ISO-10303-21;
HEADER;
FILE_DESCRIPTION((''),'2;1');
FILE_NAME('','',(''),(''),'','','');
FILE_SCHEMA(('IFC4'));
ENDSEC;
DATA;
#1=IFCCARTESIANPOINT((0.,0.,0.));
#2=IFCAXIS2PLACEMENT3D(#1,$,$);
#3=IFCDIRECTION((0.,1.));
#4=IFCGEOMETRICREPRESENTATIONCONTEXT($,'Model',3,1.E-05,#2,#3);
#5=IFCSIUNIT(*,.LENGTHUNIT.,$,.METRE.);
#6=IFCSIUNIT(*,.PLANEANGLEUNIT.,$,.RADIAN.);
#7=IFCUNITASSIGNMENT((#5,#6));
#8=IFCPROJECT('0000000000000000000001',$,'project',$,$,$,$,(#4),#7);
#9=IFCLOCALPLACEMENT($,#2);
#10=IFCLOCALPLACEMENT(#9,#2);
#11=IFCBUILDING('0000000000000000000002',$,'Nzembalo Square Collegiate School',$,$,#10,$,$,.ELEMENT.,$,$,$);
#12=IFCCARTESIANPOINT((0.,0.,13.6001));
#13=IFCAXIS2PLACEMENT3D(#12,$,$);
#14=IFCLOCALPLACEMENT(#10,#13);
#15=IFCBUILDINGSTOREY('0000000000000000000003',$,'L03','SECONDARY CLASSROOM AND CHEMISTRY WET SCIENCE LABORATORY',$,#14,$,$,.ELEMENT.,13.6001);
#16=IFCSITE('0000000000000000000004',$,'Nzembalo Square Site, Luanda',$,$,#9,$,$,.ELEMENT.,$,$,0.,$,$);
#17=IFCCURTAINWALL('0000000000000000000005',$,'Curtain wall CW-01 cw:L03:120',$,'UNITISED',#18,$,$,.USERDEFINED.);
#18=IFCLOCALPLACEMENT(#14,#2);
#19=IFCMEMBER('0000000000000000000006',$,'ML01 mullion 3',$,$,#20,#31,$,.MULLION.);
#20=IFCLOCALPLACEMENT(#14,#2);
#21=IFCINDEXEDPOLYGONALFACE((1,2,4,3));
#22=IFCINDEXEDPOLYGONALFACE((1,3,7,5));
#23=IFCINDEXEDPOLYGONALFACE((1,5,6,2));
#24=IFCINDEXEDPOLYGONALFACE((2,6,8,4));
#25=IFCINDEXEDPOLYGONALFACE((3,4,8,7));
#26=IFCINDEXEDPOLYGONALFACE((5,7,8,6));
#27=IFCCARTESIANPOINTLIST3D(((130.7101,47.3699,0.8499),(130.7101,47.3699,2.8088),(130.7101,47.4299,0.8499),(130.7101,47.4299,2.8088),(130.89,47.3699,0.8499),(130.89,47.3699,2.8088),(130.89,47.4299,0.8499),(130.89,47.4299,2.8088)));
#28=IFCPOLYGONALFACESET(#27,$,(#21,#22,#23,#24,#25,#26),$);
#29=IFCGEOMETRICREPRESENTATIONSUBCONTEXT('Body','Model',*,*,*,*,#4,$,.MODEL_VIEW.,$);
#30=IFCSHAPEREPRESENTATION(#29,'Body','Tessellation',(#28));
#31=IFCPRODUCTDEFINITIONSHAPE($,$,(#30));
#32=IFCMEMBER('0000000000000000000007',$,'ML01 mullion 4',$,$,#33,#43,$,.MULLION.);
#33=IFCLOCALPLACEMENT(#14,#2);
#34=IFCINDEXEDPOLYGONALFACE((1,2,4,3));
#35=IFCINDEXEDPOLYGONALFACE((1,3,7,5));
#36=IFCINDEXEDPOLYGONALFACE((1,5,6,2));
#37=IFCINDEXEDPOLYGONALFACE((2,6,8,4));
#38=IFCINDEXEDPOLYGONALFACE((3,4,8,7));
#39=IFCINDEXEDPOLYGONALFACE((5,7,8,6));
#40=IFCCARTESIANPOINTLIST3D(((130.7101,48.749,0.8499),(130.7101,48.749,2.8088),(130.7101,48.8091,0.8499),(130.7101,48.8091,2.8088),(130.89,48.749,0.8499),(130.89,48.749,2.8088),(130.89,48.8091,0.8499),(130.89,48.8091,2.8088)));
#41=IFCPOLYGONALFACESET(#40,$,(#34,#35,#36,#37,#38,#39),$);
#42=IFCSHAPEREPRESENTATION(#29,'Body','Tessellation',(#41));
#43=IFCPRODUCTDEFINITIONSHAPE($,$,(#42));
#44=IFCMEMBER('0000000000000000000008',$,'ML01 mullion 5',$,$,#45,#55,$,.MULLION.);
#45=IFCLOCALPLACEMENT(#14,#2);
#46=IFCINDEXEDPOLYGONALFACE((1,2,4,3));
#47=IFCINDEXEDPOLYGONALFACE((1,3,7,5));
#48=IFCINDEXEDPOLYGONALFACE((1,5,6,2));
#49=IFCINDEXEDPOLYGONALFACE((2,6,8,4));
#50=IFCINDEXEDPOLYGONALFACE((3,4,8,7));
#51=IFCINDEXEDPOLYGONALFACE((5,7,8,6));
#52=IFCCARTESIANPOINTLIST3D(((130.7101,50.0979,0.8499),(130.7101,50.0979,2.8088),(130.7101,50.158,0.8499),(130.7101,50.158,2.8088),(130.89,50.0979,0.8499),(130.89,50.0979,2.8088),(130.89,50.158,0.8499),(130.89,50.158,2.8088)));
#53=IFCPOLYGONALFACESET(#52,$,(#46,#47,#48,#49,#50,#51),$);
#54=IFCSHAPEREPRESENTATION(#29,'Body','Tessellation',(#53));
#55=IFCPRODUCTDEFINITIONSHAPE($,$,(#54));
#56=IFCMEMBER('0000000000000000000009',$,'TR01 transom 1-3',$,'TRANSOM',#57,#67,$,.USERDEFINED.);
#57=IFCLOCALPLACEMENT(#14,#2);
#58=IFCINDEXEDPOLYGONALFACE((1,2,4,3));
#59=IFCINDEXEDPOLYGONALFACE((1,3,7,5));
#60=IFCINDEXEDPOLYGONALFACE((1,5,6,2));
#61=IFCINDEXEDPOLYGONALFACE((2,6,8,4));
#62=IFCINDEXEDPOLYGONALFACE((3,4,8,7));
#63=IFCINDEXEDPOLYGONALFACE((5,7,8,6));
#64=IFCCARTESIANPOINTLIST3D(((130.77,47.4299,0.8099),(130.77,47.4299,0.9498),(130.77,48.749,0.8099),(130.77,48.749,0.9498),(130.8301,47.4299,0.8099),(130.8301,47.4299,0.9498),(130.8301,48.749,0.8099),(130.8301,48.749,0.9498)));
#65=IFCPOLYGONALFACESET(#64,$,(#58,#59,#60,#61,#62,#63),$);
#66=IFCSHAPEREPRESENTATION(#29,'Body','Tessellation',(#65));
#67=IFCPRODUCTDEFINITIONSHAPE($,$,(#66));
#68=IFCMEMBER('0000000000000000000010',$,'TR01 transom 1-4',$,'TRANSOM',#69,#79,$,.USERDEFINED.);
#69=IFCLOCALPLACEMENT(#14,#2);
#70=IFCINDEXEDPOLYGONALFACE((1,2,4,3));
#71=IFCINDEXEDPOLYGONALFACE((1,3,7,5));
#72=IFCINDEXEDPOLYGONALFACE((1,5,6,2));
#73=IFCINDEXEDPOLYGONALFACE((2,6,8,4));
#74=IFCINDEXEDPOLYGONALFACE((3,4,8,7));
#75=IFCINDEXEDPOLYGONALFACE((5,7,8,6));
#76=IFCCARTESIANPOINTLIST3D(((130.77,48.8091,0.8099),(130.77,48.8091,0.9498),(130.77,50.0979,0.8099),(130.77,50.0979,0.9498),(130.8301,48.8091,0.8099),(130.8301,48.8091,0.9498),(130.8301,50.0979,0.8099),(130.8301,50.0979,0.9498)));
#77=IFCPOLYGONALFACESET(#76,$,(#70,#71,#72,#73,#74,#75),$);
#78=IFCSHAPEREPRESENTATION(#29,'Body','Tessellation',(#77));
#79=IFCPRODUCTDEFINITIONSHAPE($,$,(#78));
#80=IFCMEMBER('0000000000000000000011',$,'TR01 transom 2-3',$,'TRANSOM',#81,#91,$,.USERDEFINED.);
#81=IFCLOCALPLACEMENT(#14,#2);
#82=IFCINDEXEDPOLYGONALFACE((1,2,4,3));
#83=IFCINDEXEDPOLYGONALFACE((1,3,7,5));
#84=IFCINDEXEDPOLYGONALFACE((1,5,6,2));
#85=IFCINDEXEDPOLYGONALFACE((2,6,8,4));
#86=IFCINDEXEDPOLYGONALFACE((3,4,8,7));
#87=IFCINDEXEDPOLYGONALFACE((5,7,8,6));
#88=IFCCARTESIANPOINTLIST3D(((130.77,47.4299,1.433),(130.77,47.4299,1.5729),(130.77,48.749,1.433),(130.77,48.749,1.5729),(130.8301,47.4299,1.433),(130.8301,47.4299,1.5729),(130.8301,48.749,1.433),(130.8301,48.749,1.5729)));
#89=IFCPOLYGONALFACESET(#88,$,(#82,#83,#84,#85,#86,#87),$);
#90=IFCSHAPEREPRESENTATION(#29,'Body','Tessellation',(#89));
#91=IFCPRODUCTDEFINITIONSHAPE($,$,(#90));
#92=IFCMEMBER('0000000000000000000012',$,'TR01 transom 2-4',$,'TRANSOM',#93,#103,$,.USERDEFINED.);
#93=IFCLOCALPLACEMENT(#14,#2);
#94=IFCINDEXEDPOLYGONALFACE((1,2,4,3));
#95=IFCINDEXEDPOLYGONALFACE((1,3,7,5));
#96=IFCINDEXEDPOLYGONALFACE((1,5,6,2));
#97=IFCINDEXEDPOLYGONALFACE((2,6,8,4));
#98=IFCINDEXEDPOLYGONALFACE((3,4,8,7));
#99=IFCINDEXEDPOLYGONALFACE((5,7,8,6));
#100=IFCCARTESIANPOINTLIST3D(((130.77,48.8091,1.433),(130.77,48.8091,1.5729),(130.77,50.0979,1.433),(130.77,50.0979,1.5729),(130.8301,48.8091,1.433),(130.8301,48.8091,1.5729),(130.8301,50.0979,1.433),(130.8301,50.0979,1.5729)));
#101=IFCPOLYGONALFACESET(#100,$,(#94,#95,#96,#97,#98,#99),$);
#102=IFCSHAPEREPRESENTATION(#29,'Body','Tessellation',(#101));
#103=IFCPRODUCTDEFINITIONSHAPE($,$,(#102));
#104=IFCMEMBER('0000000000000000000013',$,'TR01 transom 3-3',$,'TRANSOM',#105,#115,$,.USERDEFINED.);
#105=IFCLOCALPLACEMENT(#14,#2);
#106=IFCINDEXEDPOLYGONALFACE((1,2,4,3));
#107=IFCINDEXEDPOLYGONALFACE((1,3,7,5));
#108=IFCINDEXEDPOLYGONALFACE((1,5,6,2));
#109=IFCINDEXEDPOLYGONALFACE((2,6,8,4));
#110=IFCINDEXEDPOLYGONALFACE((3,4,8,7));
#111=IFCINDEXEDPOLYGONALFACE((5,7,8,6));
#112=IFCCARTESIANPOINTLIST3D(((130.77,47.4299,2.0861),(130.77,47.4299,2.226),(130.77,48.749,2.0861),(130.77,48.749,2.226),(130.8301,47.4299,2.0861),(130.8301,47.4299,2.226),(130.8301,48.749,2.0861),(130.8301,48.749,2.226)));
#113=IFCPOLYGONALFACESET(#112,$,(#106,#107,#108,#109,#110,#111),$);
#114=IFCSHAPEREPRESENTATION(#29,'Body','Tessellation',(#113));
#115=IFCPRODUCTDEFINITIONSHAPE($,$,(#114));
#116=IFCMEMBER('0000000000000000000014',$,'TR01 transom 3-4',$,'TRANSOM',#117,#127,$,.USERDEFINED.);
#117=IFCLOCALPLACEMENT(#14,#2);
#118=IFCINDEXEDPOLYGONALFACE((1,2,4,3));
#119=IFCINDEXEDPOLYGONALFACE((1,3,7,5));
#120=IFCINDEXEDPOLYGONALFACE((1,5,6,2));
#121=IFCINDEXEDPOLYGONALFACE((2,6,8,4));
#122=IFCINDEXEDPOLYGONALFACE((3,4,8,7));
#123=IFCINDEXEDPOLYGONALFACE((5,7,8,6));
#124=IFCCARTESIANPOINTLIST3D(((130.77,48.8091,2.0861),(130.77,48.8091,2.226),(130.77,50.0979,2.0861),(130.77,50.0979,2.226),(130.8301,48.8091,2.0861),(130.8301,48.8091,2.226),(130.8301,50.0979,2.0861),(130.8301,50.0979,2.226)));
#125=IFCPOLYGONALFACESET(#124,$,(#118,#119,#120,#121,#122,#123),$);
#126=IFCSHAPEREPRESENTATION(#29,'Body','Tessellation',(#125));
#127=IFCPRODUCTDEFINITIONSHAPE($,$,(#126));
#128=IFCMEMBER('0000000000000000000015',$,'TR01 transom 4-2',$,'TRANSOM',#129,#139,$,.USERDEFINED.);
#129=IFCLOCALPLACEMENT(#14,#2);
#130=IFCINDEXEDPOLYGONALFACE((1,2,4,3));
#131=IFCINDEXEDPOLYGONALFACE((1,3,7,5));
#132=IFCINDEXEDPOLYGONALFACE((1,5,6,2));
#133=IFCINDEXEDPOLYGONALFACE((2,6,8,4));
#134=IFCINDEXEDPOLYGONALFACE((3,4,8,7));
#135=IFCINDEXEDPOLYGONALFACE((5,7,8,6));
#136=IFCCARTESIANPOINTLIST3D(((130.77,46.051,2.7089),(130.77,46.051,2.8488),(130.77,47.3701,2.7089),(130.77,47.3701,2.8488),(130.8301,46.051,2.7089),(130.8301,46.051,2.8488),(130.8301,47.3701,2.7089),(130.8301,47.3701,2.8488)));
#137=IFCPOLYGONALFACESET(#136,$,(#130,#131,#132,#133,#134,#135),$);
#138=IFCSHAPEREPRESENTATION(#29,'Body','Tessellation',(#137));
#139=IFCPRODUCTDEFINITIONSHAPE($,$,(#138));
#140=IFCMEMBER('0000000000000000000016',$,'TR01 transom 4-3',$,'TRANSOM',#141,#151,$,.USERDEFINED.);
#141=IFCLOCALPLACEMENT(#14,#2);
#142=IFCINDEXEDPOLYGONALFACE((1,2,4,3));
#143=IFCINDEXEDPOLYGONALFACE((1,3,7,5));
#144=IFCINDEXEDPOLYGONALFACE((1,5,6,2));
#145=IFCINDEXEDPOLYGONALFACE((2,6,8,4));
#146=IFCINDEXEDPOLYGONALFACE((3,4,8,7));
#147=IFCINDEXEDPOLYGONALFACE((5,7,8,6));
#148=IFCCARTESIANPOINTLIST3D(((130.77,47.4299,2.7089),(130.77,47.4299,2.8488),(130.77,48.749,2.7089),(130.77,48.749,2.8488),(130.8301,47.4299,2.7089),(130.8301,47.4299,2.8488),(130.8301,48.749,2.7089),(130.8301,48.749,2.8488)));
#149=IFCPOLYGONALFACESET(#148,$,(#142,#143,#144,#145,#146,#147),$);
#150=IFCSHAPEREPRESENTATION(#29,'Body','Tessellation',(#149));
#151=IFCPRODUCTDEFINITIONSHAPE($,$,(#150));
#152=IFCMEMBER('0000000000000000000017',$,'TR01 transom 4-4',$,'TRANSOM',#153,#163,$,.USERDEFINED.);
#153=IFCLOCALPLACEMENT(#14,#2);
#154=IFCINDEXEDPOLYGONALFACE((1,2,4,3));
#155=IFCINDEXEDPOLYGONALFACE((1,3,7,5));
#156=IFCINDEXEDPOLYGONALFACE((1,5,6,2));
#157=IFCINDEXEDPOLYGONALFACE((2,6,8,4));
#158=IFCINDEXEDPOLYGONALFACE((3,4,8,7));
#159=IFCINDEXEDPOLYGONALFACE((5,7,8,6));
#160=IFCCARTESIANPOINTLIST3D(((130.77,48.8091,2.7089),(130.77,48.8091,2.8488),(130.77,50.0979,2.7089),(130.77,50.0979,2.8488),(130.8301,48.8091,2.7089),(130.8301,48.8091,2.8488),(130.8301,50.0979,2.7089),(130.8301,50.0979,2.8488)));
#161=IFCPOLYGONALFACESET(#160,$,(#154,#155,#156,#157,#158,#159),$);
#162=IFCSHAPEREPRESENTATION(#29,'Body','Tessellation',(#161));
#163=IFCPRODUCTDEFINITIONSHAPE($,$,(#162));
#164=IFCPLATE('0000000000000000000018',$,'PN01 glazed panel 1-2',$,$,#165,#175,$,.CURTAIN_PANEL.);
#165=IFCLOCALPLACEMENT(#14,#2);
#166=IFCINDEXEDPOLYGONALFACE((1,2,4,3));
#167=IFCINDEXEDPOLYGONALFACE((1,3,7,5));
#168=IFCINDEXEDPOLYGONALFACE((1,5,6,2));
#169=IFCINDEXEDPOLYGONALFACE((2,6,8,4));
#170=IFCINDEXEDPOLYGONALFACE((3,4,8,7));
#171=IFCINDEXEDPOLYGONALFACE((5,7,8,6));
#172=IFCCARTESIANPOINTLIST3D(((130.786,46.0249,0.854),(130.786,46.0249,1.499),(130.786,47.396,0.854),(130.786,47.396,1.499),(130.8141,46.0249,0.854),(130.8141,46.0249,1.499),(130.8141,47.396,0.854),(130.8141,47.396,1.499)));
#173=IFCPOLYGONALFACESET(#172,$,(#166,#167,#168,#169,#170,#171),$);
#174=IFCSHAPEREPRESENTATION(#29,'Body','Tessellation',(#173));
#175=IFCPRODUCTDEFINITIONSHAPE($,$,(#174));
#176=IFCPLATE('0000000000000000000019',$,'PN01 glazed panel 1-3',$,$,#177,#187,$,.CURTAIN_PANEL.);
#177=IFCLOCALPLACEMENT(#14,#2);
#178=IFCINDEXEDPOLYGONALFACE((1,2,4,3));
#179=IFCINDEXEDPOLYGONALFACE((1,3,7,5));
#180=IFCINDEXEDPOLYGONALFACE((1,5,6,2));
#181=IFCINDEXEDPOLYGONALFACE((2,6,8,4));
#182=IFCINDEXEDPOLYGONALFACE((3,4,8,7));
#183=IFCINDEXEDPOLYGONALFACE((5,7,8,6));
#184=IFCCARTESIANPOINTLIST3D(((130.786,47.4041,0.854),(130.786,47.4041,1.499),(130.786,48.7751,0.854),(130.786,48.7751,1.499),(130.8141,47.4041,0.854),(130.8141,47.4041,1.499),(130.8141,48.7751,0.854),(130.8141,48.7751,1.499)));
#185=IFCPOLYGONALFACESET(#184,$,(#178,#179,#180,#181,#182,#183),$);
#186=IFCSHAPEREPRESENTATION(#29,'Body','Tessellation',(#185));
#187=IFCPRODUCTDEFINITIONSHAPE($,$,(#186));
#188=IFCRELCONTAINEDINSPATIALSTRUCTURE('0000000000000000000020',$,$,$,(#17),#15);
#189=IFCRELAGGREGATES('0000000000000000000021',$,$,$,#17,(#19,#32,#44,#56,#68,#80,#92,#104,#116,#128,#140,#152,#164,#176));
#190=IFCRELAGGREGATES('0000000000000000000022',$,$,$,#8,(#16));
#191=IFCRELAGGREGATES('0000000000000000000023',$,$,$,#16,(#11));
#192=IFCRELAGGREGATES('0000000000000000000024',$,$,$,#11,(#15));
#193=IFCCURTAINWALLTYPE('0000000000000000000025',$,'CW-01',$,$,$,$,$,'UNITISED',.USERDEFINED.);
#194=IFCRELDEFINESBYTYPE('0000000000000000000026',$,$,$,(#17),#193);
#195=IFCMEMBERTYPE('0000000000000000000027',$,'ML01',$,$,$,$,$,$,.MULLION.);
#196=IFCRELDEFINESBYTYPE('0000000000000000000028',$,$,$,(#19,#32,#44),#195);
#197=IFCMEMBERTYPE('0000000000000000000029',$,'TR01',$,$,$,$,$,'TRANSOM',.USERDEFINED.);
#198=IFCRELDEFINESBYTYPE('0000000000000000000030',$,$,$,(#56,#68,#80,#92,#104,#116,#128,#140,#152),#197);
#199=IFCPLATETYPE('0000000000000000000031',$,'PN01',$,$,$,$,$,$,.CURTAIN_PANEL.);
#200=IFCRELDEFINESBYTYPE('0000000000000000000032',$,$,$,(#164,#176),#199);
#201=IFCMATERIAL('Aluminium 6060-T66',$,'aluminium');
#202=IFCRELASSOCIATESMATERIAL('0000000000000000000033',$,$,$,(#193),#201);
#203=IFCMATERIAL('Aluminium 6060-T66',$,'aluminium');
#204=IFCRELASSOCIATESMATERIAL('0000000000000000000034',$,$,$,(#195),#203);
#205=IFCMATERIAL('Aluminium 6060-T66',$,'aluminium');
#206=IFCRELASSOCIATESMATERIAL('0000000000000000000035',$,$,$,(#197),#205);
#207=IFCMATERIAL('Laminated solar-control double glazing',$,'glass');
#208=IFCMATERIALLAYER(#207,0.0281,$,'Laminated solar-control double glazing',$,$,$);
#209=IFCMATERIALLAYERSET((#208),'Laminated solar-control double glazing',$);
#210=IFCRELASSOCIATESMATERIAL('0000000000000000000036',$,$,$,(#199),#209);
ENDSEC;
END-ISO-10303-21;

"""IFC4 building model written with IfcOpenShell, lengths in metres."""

from ifc_helpers import new_model, si_unit, direction, frame, origin, origin_2d, place, context, subcontext, project, spatial, rectangle, extrude, material, layer, layer_set, material_profile, profile_set, type_object, element, aggregate, save


model = new_model("IFC4")

# Units and contexts
model_context = context("Model", 3, precision=1e-05, world=origin(), true_north=direction((0.0, 1.0)))
body_context = subcontext(model_context, "Body", "Model", "MODEL_VIEW")
ifc_project = project(units=[si_unit("LENGTHUNIT", "METRE"), si_unit("PLANEANGLEUNIT", "RADIAN")], contexts=[model_context])

# Site, building, storey
site_placement = place(None, origin())
site = spatial("IfcSite", under=ifc_project, at=site_placement, Name="Nzembalo Square Site, Luanda", CompositionType="ELEMENT", RefElevation=0.0)
building_placement = place(site_placement, origin())
building = spatial("IfcBuilding", under=site, at=building_placement, Name="Nzembalo Square Collegiate School", CompositionType="ELEMENT")
storey_placement = place(building_placement, frame((0.0, 0.0, 13.6001)))
storey = spatial("IfcBuildingStorey", under=building, at=storey_placement, Name="L03", Description="SECONDARY CLASSROOM AND CHEMISTRY WET SCIENCE LABORATORY", CompositionType="ELEMENT", Elevation=13.6001)

# Curtain wall, members, plates
ifc_material_1 = material(Name="Aluminium 6060-T66", Category="aluminium")
curtain_wall_type = type_object("IfcCurtainWallType", Name="CW-01", ElementType="UNITISED", PredefinedType="USERDEFINED", material=ifc_material_1)
curtain_wall_placement = place(storey_placement, origin())
curtain_wall = element("IfcCurtainWall", 1, at=curtain_wall_placement, inside=storey, type_object=curtain_wall_type, Name="Curtain wall CW-01 cw:L03:120", ObjectType="UNITISED", PredefinedType="USERDEFINED")
ifc_material_2 = material(Name="Aluminium 6060-T66", Category="aluminium")
ifc_material_profile_1 = material_profile(ifc_material_2, rectangle(XDim=0.0601, YDim=0.1799, at=origin_2d()), Name="ALU M60x180")
ifc_profile_set_1 = profile_set([ifc_material_profile_1], Name="Aluminium 6060-T66")
member_type_1 = type_object("IfcMemberType", Name="ML01", PredefinedType="MULLION", material=ifc_profile_set_1)
member_1_placement = place(storey_placement, frame((130.8, 47.3999, 0.8499), z_axis=(0.0, 0.0, 1.0), x_axis=(0.0, 1.0, 0.0)))
member_1 = element("IfcMember", 2, at=member_1_placement, type_object=member_type_1, Name="ML01 mullion 3", PredefinedType="MULLION", context=body_context, shape_type="SweptSolid", body=[
    extrude(rectangle(XDim=0.0601, YDim=0.1799, at=origin_2d()), origin(), (0.0, 0.0, 1.0), 1.959),
])
member_2_placement = place(storey_placement, frame((130.8, 48.7791, 0.8499), z_axis=(0.0, 0.0, 1.0), x_axis=(0.0, 1.0, 0.0)))
member_2 = element("IfcMember", 3, at=member_2_placement, type_object=member_type_1, Name="ML01 mullion 4", PredefinedType="MULLION", context=body_context, shape_type="SweptSolid", body=[
    extrude(rectangle(XDim=0.0601, YDim=0.1799, at=origin_2d()), origin(), (0.0, 0.0, 1.0), 1.959),
])
member_3_placement = place(storey_placement, frame((130.8, 50.1279, 0.8499), z_axis=(0.0, 0.0, 1.0), x_axis=(0.0, 1.0, 0.0)))
member_3 = element("IfcMember", 4, at=member_3_placement, type_object=member_type_1, Name="ML01 mullion 5", PredefinedType="MULLION", context=body_context, shape_type="SweptSolid", body=[
    extrude(rectangle(XDim=0.0601, YDim=0.1799, at=origin_2d()), origin(), (0.0, 0.0, 1.0), 1.959),
])
ifc_material_3 = material(Name="Aluminium 6060-T66", Category="aluminium")
ifc_material_profile_2 = material_profile(ifc_material_3, rectangle(XDim=0.0601, YDim=0.1399, at=origin_2d()), Name="ALU T60x140")
ifc_profile_set_2 = profile_set([ifc_material_profile_2], Name="Aluminium 6060-T66")
member_type_2 = type_object("IfcMemberType", Name="TR01", ElementType="TRANSOM", PredefinedType="USERDEFINED", material=ifc_profile_set_2)
member_4_placement = place(storey_placement, frame((130.8, 47.4299, 0.8799), z_axis=(0.0, 1.0, 0.0), x_axis=(-1.0, 0.0, 0.0)))
member_4 = element("IfcMember", 5, at=member_4_placement, type_object=member_type_2, Name="TR01 transom 1-3", ObjectType="TRANSOM", PredefinedType="USERDEFINED", context=body_context, shape_type="SweptSolid", body=[
    extrude(rectangle(XDim=0.0601, YDim=0.1399, at=origin_2d()), origin(), (0.0, 0.0, 1.0), 1.3191),
])
member_5_placement = place(storey_placement, frame((130.8, 48.8091, 0.8799), z_axis=(0.0, 1.0, 0.0), x_axis=(-1.0, 0.0, 0.0)))
member_5 = element("IfcMember", 6, at=member_5_placement, type_object=member_type_2, Name="TR01 transom 1-4", ObjectType="TRANSOM", PredefinedType="USERDEFINED", context=body_context, shape_type="SweptSolid", body=[
    extrude(rectangle(XDim=0.0601, YDim=0.1399, at=origin_2d()), origin(), (0.0, 0.0, 1.0), 1.2888),
])
member_6_placement = place(storey_placement, frame((130.8, 47.4299, 1.5029), z_axis=(0.0, 1.0, 0.0), x_axis=(-1.0, 0.0, 0.0)))
member_6 = element("IfcMember", 7, at=member_6_placement, type_object=member_type_2, Name="TR01 transom 2-3", ObjectType="TRANSOM", PredefinedType="USERDEFINED", context=body_context, shape_type="SweptSolid", body=[
    extrude(rectangle(XDim=0.0601, YDim=0.1399, at=origin_2d()), origin(), (0.0, 0.0, 1.0), 1.3191),
])
member_7_placement = place(storey_placement, frame((130.8, 48.8091, 1.5029), z_axis=(0.0, 1.0, 0.0), x_axis=(-1.0, 0.0, 0.0)))
member_7 = element("IfcMember", 8, at=member_7_placement, type_object=member_type_2, Name="TR01 transom 2-4", ObjectType="TRANSOM", PredefinedType="USERDEFINED", context=body_context, shape_type="SweptSolid", body=[
    extrude(rectangle(XDim=0.0601, YDim=0.1399, at=origin_2d()), origin(), (0.0, 0.0, 1.0), 1.2888),
])
member_8_placement = place(storey_placement, frame((130.8, 47.4299, 2.156), z_axis=(0.0, 1.0, 0.0), x_axis=(-1.0, 0.0, 0.0)))
member_8 = element("IfcMember", 9, at=member_8_placement, type_object=member_type_2, Name="TR01 transom 3-3", ObjectType="TRANSOM", PredefinedType="USERDEFINED", context=body_context, shape_type="SweptSolid", body=[
    extrude(rectangle(XDim=0.0601, YDim=0.1399, at=origin_2d()), origin(), (0.0, 0.0, 1.0), 1.3191),
])
member_9_placement = place(storey_placement, frame((130.8, 48.8091, 2.156), z_axis=(0.0, 1.0, 0.0), x_axis=(-1.0, 0.0, 0.0)))
member_9 = element("IfcMember", 10, at=member_9_placement, type_object=member_type_2, Name="TR01 transom 3-4", ObjectType="TRANSOM", PredefinedType="USERDEFINED", context=body_context, shape_type="SweptSolid", body=[
    extrude(rectangle(XDim=0.0601, YDim=0.1399, at=origin_2d()), origin(), (0.0, 0.0, 1.0), 1.2888),
])
member_10_placement = place(storey_placement, frame((130.8, 46.051, 2.7788), z_axis=(0.0, 1.0, 0.0), x_axis=(-1.0, 0.0, 0.0)))
member_10 = element("IfcMember", 11, at=member_10_placement, type_object=member_type_2, Name="TR01 transom 4-2", ObjectType="TRANSOM", PredefinedType="USERDEFINED", context=body_context, shape_type="SweptSolid", body=[
    extrude(rectangle(XDim=0.0601, YDim=0.1399, at=origin_2d()), origin(), (0.0, 0.0, 1.0), 1.3191),
])
member_11_placement = place(storey_placement, frame((130.8, 47.4299, 2.7788), z_axis=(0.0, 1.0, 0.0), x_axis=(-1.0, 0.0, 0.0)))
member_11 = element("IfcMember", 12, at=member_11_placement, type_object=member_type_2, Name="TR01 transom 4-3", ObjectType="TRANSOM", PredefinedType="USERDEFINED", context=body_context, shape_type="SweptSolid", body=[
    extrude(rectangle(XDim=0.0601, YDim=0.1399, at=origin_2d()), origin(), (0.0, 0.0, 1.0), 1.3191),
])
member_12_placement = place(storey_placement, frame((130.8, 48.8091, 2.7788), z_axis=(0.0, 1.0, 0.0), x_axis=(-1.0, 0.0, 0.0)))
member_12 = element("IfcMember", 13, at=member_12_placement, type_object=member_type_2, Name="TR01 transom 4-4", ObjectType="TRANSOM", PredefinedType="USERDEFINED", context=body_context, shape_type="SweptSolid", body=[
    extrude(rectangle(XDim=0.0601, YDim=0.1399, at=origin_2d()), origin(), (0.0, 0.0, 1.0), 1.2888),
])
ifc_material_4 = material(Name="Laminated solar-control double glazing", Category="glass")
ifc_layer_1 = layer(ifc_material_4, 0.0281, Name="Laminated solar-control double glazing")
ifc_layer_set_1 = layer_set([ifc_layer_1], Name="Laminated solar-control double glazing")
plate_type = type_object("IfcPlateType", Name="PN01", PredefinedType="CURTAIN_PANEL", material=ifc_layer_set_1)
plate_1_placement = place(storey_placement, frame((130.8, 46.7104, 0.854), z_axis=(0.0, 0.0, 1.0), x_axis=(0.0, 1.0, 0.0)))
plate_1 = element("IfcPlate", 14, at=plate_1_placement, type_object=plate_type, Name="PN01 glazed panel 1-2", PredefinedType="CURTAIN_PANEL", context=body_context, shape_type="SweptSolid", body=[
    extrude(rectangle(XDim=1.3711, YDim=0.0281, at=origin_2d()), origin(), (0.0, 0.0, 1.0), 0.645),
])
plate_2_placement = place(storey_placement, frame((130.8, 48.0896, 0.854), z_axis=(0.0, 0.0, 1.0), x_axis=(0.0, 1.0, 0.0)))
plate_2 = element("IfcPlate", 15, at=plate_2_placement, type_object=plate_type, Name="PN01 glazed panel 1-3", PredefinedType="CURTAIN_PANEL", context=body_context, shape_type="SweptSolid", body=[
    extrude(rectangle(XDim=1.3711, YDim=0.0281, at=origin_2d()), origin(), (0.0, 0.0, 1.0), 0.645),
])
aggregate(curtain_wall, [member_1, member_2, member_3, member_4, member_5, member_6, member_7, member_8, member_9, member_10, member_11, member_12, plate_1, plate_2])

save(model, "model.ifc")
